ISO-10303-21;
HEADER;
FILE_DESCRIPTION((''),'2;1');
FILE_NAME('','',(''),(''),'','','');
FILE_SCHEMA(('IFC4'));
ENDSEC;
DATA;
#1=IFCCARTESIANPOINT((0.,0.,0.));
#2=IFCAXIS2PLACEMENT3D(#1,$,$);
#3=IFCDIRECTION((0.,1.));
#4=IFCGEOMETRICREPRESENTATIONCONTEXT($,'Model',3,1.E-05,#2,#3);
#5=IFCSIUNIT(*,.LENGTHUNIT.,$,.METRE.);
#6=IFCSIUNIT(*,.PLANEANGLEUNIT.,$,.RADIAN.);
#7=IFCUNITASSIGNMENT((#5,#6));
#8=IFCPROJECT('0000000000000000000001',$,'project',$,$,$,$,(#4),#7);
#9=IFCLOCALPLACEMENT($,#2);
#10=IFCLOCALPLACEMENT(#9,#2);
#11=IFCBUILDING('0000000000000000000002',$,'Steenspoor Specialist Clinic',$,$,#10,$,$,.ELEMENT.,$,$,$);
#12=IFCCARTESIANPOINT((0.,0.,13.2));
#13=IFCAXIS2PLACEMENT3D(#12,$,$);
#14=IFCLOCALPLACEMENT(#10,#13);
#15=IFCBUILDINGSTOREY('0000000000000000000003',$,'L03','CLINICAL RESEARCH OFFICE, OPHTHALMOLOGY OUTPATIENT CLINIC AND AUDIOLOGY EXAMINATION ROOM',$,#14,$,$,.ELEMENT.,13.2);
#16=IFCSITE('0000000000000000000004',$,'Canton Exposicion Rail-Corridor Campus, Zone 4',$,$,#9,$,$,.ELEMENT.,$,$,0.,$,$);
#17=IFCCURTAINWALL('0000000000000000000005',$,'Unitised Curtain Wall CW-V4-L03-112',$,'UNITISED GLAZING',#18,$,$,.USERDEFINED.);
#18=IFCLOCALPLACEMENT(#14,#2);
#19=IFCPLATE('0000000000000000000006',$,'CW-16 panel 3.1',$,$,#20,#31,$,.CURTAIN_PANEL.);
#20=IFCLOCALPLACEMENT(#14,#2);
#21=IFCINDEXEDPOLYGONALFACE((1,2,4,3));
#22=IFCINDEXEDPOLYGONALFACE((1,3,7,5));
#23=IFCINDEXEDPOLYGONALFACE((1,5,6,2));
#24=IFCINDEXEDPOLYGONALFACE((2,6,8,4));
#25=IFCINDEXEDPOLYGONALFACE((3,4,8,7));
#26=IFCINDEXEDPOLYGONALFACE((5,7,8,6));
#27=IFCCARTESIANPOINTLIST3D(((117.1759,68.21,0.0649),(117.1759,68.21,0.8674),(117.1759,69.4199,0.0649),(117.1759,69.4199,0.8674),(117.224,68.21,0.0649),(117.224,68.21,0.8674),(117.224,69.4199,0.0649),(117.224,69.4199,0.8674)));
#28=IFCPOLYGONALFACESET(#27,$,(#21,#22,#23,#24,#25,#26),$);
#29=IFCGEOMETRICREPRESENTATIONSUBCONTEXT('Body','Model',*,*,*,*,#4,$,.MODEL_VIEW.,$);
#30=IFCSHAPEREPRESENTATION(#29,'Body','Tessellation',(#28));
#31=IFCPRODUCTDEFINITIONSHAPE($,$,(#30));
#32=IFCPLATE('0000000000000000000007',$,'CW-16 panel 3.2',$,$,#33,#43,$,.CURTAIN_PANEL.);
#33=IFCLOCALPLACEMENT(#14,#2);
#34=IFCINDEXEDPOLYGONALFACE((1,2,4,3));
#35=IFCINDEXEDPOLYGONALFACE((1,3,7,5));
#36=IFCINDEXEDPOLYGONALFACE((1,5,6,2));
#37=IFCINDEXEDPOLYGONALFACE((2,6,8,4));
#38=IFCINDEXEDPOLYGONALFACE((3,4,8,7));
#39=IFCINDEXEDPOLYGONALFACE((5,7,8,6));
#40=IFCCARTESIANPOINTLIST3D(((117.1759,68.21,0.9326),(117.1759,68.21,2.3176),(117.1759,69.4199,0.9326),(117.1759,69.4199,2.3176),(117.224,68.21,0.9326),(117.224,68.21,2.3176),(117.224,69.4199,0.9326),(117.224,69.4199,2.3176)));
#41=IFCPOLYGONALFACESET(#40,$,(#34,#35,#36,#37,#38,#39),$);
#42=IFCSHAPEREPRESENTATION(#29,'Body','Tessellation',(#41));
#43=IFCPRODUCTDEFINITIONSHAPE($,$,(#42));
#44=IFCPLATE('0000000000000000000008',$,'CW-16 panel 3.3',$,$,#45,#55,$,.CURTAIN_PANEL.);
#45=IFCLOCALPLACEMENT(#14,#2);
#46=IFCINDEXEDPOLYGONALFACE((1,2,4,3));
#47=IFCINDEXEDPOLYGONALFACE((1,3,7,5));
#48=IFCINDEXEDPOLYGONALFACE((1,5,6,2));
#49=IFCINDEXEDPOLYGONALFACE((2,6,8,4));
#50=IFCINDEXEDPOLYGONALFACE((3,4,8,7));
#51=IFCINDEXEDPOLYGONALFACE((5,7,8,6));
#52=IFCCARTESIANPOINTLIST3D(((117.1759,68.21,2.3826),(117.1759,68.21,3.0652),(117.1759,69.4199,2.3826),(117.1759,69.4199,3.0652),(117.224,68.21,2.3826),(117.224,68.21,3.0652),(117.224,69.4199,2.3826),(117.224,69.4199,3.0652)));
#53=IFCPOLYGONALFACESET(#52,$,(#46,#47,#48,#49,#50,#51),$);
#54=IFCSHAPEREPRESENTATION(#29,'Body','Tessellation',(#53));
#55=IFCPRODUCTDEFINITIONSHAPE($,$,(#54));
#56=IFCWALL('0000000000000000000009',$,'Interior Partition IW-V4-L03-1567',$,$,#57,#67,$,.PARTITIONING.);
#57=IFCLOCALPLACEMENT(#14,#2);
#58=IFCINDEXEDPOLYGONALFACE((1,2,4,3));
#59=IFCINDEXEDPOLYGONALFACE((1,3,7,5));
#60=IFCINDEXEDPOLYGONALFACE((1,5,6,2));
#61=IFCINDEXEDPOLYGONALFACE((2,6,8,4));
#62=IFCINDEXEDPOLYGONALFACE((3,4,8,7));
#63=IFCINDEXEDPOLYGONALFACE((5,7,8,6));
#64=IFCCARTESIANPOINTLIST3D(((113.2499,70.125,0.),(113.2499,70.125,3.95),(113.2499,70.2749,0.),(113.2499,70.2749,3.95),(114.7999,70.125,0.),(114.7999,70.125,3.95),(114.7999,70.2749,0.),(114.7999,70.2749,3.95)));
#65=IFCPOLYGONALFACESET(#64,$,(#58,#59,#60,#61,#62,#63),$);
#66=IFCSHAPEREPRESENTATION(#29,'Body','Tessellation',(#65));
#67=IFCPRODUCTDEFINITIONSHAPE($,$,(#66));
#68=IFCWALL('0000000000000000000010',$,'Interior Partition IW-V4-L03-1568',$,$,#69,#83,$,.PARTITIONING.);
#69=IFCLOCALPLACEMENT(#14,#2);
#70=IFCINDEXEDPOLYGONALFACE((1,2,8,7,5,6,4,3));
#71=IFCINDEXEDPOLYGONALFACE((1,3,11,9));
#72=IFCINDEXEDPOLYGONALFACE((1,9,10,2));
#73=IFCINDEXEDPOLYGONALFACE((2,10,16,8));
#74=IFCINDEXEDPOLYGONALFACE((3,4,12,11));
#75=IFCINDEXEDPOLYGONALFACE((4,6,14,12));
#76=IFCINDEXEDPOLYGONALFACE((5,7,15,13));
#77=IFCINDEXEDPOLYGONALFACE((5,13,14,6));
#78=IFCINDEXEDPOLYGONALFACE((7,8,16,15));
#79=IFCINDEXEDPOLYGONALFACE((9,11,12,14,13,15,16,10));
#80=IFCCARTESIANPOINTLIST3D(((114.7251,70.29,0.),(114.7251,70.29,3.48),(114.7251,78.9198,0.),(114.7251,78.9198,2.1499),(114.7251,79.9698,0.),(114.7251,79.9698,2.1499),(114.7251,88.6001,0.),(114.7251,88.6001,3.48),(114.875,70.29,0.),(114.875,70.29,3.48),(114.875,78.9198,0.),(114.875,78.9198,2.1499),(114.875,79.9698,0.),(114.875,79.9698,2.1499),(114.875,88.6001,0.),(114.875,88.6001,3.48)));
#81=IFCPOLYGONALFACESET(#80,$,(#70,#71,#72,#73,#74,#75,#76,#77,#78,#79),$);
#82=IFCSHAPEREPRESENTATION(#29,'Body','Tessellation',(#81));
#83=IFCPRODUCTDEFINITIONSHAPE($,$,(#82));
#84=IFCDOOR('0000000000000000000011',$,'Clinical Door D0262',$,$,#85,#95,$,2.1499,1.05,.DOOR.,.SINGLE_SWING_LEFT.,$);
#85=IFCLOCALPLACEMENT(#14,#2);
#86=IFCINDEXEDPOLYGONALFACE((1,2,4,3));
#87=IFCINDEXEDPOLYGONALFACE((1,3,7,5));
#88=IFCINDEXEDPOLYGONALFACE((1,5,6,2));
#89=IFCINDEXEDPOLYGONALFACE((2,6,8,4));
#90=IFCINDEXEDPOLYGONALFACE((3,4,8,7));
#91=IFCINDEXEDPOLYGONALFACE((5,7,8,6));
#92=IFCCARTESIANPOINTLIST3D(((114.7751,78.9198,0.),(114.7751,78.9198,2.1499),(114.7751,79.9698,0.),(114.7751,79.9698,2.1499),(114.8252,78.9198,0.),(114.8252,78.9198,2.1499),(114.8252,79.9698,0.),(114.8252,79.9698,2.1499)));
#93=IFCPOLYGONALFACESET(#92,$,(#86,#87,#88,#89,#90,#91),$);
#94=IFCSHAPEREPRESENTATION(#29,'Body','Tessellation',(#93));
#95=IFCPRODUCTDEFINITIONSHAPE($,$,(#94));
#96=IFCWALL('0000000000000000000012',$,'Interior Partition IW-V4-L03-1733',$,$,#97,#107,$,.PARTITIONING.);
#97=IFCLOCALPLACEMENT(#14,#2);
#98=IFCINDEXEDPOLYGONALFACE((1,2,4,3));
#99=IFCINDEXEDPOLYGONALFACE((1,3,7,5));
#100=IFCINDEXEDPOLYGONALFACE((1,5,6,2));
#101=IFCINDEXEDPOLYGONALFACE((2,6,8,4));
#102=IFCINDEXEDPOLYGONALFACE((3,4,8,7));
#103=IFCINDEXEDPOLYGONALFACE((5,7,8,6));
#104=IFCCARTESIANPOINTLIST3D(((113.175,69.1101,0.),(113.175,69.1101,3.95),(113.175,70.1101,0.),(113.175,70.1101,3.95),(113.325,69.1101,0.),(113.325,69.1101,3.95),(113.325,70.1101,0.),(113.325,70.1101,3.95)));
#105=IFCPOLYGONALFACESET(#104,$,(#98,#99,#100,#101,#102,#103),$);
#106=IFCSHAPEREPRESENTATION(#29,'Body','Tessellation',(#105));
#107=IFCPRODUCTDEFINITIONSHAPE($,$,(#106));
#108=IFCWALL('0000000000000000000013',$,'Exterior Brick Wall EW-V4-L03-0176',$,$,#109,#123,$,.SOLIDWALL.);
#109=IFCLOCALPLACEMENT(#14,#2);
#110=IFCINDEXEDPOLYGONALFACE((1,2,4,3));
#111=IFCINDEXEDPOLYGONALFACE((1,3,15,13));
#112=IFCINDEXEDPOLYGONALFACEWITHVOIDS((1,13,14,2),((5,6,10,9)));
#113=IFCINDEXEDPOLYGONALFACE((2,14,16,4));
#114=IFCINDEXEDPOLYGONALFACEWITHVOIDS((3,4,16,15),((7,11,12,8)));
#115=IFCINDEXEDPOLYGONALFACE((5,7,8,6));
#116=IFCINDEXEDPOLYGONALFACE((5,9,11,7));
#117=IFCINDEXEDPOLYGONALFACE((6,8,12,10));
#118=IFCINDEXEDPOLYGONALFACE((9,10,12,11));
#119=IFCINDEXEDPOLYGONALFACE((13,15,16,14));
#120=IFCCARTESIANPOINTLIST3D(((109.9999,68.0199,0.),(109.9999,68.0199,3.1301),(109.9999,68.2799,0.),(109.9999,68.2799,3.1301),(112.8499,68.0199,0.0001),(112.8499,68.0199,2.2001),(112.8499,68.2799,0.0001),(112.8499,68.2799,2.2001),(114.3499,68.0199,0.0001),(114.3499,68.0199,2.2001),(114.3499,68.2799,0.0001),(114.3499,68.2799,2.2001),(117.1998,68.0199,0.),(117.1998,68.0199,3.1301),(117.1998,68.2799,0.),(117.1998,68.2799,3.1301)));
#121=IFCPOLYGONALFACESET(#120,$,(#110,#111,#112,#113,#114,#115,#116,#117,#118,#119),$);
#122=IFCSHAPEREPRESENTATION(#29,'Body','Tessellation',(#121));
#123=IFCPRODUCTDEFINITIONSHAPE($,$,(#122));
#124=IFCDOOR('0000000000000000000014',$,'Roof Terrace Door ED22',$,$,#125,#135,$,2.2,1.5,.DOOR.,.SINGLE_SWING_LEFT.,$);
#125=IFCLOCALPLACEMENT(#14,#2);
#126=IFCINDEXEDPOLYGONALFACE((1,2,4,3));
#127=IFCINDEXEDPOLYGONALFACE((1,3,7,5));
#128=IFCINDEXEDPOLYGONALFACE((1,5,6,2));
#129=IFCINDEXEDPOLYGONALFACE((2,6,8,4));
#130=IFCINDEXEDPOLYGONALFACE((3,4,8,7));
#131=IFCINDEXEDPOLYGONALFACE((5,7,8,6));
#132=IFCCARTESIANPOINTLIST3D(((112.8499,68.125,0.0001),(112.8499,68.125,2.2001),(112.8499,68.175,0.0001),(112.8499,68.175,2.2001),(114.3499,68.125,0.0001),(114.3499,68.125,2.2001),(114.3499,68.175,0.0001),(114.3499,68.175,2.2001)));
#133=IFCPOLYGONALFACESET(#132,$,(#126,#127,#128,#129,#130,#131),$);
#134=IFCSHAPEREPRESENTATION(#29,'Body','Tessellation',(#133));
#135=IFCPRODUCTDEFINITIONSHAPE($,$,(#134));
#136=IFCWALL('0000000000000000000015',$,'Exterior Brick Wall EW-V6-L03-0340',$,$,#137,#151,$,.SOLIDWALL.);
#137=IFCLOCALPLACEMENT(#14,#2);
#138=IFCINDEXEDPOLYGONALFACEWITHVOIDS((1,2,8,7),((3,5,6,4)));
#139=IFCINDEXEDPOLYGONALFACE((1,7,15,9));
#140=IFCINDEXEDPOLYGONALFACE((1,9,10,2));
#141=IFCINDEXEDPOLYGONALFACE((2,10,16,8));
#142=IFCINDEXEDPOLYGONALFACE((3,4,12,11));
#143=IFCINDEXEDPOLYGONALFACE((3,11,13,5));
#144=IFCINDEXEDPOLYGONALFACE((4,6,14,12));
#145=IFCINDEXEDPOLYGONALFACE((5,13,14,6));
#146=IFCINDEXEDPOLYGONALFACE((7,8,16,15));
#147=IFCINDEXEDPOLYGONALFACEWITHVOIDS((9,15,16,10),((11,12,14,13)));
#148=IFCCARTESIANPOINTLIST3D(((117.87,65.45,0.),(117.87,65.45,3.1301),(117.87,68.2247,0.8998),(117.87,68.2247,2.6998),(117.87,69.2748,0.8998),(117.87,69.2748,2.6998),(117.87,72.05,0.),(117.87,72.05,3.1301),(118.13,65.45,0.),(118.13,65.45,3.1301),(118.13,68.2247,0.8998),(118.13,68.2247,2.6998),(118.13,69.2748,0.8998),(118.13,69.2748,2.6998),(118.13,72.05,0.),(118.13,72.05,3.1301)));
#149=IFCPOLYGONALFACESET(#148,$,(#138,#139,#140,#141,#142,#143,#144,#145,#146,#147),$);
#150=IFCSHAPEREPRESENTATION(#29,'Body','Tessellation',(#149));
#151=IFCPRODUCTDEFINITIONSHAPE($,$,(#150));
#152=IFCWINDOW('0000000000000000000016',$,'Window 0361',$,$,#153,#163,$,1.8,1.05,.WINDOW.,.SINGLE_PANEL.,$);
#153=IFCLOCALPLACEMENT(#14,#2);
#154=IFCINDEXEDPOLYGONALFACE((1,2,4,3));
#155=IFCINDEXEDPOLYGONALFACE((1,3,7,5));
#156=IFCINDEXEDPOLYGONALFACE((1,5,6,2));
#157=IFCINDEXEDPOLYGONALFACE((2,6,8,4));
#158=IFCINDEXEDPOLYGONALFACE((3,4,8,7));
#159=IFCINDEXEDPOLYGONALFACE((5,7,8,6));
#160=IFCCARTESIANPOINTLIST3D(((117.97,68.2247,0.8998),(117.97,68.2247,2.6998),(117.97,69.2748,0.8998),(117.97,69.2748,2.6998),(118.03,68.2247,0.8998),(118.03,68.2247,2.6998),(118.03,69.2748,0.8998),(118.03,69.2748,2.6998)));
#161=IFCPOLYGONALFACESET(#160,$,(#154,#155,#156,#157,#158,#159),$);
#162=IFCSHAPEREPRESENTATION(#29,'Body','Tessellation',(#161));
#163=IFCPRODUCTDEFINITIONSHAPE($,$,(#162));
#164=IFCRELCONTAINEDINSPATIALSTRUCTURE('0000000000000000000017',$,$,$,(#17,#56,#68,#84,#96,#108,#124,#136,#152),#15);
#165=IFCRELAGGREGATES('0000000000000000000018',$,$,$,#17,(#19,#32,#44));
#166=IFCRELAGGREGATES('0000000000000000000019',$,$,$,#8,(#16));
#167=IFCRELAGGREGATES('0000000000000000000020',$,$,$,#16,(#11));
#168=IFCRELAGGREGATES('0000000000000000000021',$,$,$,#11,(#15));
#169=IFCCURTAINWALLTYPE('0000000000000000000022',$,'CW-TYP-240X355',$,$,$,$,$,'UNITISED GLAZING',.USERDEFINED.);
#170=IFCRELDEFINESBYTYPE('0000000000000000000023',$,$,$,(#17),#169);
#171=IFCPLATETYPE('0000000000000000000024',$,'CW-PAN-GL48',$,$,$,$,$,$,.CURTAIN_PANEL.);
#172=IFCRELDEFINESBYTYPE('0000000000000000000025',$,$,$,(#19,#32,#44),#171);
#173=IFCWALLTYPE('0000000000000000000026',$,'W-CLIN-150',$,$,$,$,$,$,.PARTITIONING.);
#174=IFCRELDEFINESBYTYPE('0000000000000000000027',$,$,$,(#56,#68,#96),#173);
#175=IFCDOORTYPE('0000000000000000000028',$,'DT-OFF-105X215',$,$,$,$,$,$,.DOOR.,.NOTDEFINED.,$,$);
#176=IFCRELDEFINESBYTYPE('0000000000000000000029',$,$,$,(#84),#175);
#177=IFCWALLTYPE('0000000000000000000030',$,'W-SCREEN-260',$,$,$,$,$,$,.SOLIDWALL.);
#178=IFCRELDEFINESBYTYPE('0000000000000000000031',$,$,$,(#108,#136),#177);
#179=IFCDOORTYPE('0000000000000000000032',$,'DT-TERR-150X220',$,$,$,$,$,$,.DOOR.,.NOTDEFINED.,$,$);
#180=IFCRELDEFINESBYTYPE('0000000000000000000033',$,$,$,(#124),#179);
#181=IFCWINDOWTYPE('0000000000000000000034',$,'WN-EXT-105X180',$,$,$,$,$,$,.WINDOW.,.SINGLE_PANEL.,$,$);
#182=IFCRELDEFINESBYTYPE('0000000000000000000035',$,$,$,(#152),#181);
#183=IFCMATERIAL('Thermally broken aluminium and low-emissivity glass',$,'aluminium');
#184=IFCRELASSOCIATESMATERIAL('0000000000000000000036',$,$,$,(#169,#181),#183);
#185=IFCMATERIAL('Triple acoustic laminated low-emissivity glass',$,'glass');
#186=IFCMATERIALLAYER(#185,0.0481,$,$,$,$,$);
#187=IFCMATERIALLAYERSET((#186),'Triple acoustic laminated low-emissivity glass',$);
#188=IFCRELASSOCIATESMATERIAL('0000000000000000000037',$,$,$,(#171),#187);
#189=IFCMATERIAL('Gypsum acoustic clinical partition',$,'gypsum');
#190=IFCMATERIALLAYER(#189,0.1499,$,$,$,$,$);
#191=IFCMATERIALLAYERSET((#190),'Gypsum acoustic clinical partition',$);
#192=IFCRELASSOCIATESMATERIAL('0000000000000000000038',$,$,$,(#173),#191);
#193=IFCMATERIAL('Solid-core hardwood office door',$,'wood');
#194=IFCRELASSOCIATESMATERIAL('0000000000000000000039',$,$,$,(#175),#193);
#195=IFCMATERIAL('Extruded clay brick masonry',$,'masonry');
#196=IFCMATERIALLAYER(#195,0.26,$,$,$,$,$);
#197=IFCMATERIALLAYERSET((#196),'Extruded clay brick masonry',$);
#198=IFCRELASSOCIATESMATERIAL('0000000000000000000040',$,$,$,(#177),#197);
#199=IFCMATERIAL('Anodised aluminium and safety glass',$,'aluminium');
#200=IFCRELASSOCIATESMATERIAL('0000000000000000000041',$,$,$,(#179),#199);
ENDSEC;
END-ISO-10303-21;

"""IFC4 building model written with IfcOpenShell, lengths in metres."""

from ifc_helpers import new_model, si_unit, direction, frame, frame_2d, origin, origin_2d, place, context, subcontext, project, spatial, rectangle, extrude, material, layer, layer_set, type_object, element, fill, aggregate, save


model = new_model("IFC4")

# Units and contexts
model_context = context("Model", 3, precision=1e-05, world=origin(), true_north=direction((0.0, 1.0)))
body_context = subcontext(model_context, "Body", "Model", "MODEL_VIEW")
ifc_project = project(units=[si_unit("LENGTHUNIT", "METRE"), si_unit("PLANEANGLEUNIT", "RADIAN")], contexts=[model_context])

# Site, building, storey
site_placement = place(None, origin())
site = spatial("IfcSite", under=ifc_project, at=site_placement, Name="Canton Exposicion Rail-Corridor Campus, Zone 4", CompositionType="ELEMENT", RefElevation=0.0)
building_placement = place(site_placement, origin())
building = spatial("IfcBuilding", under=site, at=building_placement, Name="Steenspoor Specialist Clinic", CompositionType="ELEMENT")
storey_placement = place(building_placement, frame((0.0, 0.0, 13.2)))
storey = spatial("IfcBuildingStorey", under=building, at=storey_placement, Name="L03", Description="CLINICAL RESEARCH OFFICE, OPHTHALMOLOGY OUTPATIENT CLINIC AND AUDIOLOGY EXAMINATION ROOM", CompositionType="ELEMENT", Elevation=13.2)

# Curtain wall
ifc_material_1 = material(Name="Thermally broken aluminium and low-emissivity glass", Category="aluminium")
curtain_wall_type = type_object("IfcCurtainWallType", Name="CW-TYP-240X355", ElementType="UNITISED GLAZING", PredefinedType="USERDEFINED", material=ifc_material_1)
curtain_wall_placement = place(storey_placement, origin())
curtain_wall = element("IfcCurtainWall", 1, at=curtain_wall_placement, inside=storey, type_object=curtain_wall_type, Name="Unitised Curtain Wall CW-V4-L03-112", ObjectType="UNITISED GLAZING", PredefinedType="USERDEFINED")

# Plates
ifc_material_2 = material(Name="Triple acoustic laminated low-emissivity glass", Category="glass")
ifc_layer_1 = layer(ifc_material_2, 0.0481)
ifc_layer_set_1 = layer_set([ifc_layer_1], Name="Triple acoustic laminated low-emissivity glass")
plate_type = type_object("IfcPlateType", Name="CW-PAN-GL48", PredefinedType="CURTAIN_PANEL", material=ifc_layer_set_1)
plate_1_placement = place(storey_placement, frame((117.2, 68.8149, 0.0649), z_axis=(0.0, 0.0, 1.0), x_axis=(0.0, -1.0, 0.0)))
plate_1 = element("IfcPlate", 2, at=plate_1_placement, type_object=plate_type, Name="CW-16 panel 3.1", PredefinedType="CURTAIN_PANEL", context=body_context, shape_type="SweptSolid", body=[
    extrude(rectangle(XDim=1.21, YDim=0.0481, at=origin_2d()), origin(), (0.0, 0.0, 1.0), 0.8025),
])
plate_2_placement = place(storey_placement, frame((117.2, 68.8149, 0.9326), z_axis=(0.0, 0.0, 1.0), x_axis=(0.0, -1.0, 0.0)))
plate_2 = element("IfcPlate", 3, at=plate_2_placement, type_object=plate_type, Name="CW-16 panel 3.2", PredefinedType="CURTAIN_PANEL", context=body_context, shape_type="SweptSolid", body=[
    extrude(rectangle(XDim=1.21, YDim=0.0481, at=origin_2d()), origin(), (0.0, 0.0, 1.0), 1.385),
])
plate_3_placement = place(storey_placement, frame((117.2, 68.8149, 2.3826), z_axis=(0.0, 0.0, 1.0), x_axis=(0.0, -1.0, 0.0)))
plate_3 = element("IfcPlate", 4, at=plate_3_placement, type_object=plate_type, Name="CW-16 panel 3.3", PredefinedType="CURTAIN_PANEL", context=body_context, shape_type="SweptSolid", body=[
    extrude(rectangle(XDim=1.21, YDim=0.0481, at=origin_2d()), origin(), (0.0, 0.0, 1.0), 0.6826),
])
aggregate(curtain_wall, [plate_1, plate_2, plate_3])

# Wall
ifc_material_3 = material(Name="Gypsum acoustic clinical partition", Category="gypsum")
ifc_layer_2 = layer(ifc_material_3, 0.1499)
ifc_layer_set_2 = layer_set([ifc_layer_2], Name="Gypsum acoustic clinical partition")
wall_type_1 = type_object("IfcWallType", Name="W-CLIN-150", PredefinedType="PARTITIONING", material=ifc_layer_set_2)
wall_1_placement = place(storey_placement, frame((113.25, 70.2, 0.0), z_axis=(0.0, 0.0, 1.0), x_axis=(1.0, 0.0, 0.0)))
element("IfcWall", 5, at=wall_1_placement, inside=storey, type_object=wall_type_1, Name="Interior Partition IW-V4-L03-1567", PredefinedType="PARTITIONING", context=body_context, shape_type="SweptSolid", body=[
    extrude(rectangle(XDim=1.55, YDim=0.1499, at=frame_2d((0.7749, 0.0))), origin(), (0.0, 0.0, 1.0), 3.95),
])

# Wall, opening, door
wall_2_placement = place(storey_placement, frame((114.8, 70.29, 0.0), z_axis=(0.0, 0.0, 1.0), x_axis=(0.0, 1.0, 0.0)))
wall_2 = element("IfcWall", 6, at=wall_2_placement, inside=storey, type_object=wall_type_1, Name="Interior Partition IW-V4-L03-1568", PredefinedType="PARTITIONING", context=body_context, shape_type="SweptSolid", body=[
    extrude(rectangle(XDim=18.3101, YDim=0.1499, at=frame_2d((9.155, 0.0))), origin(), (0.0, 0.0, 1.0), 3.48),
])
opening_1_placement = place(wall_2_placement, frame((8.6299, 0.0, 0.0)))
opening_1 = element("IfcOpeningElement", 7, at=opening_1_placement, cuts=wall_2, PredefinedType="OPENING", context=body_context, shape_type="SweptSolid", body=[
    extrude(rectangle(XDim=1.05, YDim=2.1499, at=frame_2d((0.5249, 1.075))), frame((0.0, 0.085, 0.0), z_axis=(0.0, -1.0, 0.0), x_axis=(1.0, 0.0, 0.0)), (0.0, 0.0, 1.0), 0.1699),
])
ifc_material_4 = material(Name="Solid-core hardwood office door", Category="wood")
door_type_1 = type_object("IfcDoorType", Name="DT-OFF-105X215", OperationType="NOTDEFINED", PredefinedType="DOOR", material=ifc_material_4)
door_1_placement = place(opening_1_placement, origin())
door_1 = element("IfcDoor", 8, at=door_1_placement, inside=storey, type_object=door_type_1, Name="Clinical Door D0262", OperationType="SINGLE_SWING_LEFT", OverallHeight=2.1499, OverallWidth=1.05, PredefinedType="DOOR", context=body_context, shape_type="SweptSolid", body=[
    extrude(rectangle(XDim=1.05, YDim=2.1499, at=frame_2d((0.5249, 1.075))), frame((0.0, 0.0249, 0.0), z_axis=(0.0, -1.0, 0.0), x_axis=(1.0, 0.0, 0.0)), (0.0, 0.0, 1.0), 0.05),
])
fill(opening_1, door_1)

# Wall
wall_3_placement = place(storey_placement, frame((113.25, 69.1101, 0.0), z_axis=(0.0, 0.0, 1.0), x_axis=(0.0, 1.0, 0.0)))
element("IfcWall", 9, at=wall_3_placement, inside=storey, type_object=wall_type_1, Name="Interior Partition IW-V4-L03-1733", PredefinedType="PARTITIONING", context=body_context, shape_type="SweptSolid", body=[
    extrude(rectangle(XDim=1.0, YDim=0.1499, at=frame_2d((0.5, 0.0))), origin(), (0.0, 0.0, 1.0), 3.95),
])

# Wall, opening, door
ifc_material_5 = material(Name="Extruded clay brick masonry", Category="masonry")
ifc_layer_3 = layer(ifc_material_5, 0.26)
ifc_layer_set_3 = layer_set([ifc_layer_3], Name="Extruded clay brick masonry")
wall_type_2 = type_object("IfcWallType", Name="W-SCREEN-260", PredefinedType="SOLIDWALL", material=ifc_layer_set_3)
wall_4_placement = place(storey_placement, frame((117.2, 68.1499, 0.0), z_axis=(0.0, 0.0, 1.0), x_axis=(-1.0, 0.0, 0.0)))
wall_4 = element("IfcWall", 10, at=wall_4_placement, inside=storey, type_object=wall_type_2, Name="Exterior Brick Wall EW-V4-L03-0176", PredefinedType="SOLIDWALL", context=body_context, shape_type="SweptSolid", body=[
    extrude(rectangle(XDim=7.2, YDim=0.26, at=frame_2d((3.6001, 0.0))), origin(), (0.0, 0.0, 1.0), 3.1301),
])
opening_2_placement = place(wall_4_placement, frame((2.8501, 0.0, 0.0)))
opening_2 = element("IfcOpeningElement", 11, at=opening_2_placement, cuts=wall_4, PredefinedType="OPENING", context=body_context, shape_type="SweptSolid", body=[
    extrude(rectangle(XDim=1.5, YDim=2.2, at=frame_2d((0.75, 1.1001))), frame((0.0, 0.1401, 0.0), z_axis=(0.0, -1.0, 0.0), x_axis=(1.0, 0.0, 0.0)), (0.0, 0.0, 1.0), 0.28),
])
ifc_material_6 = material(Name="Anodised aluminium and safety glass", Category="aluminium")
door_type_2 = type_object("IfcDoorType", Name="DT-TERR-150X220", OperationType="NOTDEFINED", PredefinedType="DOOR", material=ifc_material_6)
door_2_placement = place(opening_2_placement, origin())
door_2 = element("IfcDoor", 12, at=door_2_placement, inside=storey, type_object=door_type_2, Name="Roof Terrace Door ED22", OperationType="SINGLE_SWING_LEFT", OverallHeight=2.2, OverallWidth=1.5, PredefinedType="DOOR", context=body_context, shape_type="SweptSolid", body=[
    extrude(rectangle(XDim=1.5, YDim=2.2, at=frame_2d((0.75, 1.1001))), frame((0.0, 0.0249, 0.0), z_axis=(0.0, -1.0, 0.0), x_axis=(1.0, 0.0, 0.0)), (0.0, 0.0, 1.0), 0.05),
])
fill(opening_2, door_2)

# Wall, opening, window
wall_5_placement = place(storey_placement, frame((118.0, 65.45, 0.0), z_axis=(0.0, 0.0, 1.0), x_axis=(0.0, 1.0, 0.0)))
wall_5 = element("IfcWall", 13, at=wall_5_placement, inside=storey, type_object=wall_type_2, Name="Exterior Brick Wall EW-V6-L03-0340", PredefinedType="SOLIDWALL", context=body_context, shape_type="SweptSolid", body=[
    extrude(rectangle(XDim=6.6001, YDim=0.26, at=frame_2d((3.3, 0.0))), origin(), (0.0, 0.0, 1.0), 3.1301),
])
opening_3_placement = place(wall_5_placement, frame((2.7749, 0.0, 0.8999)))
opening_3 = element("IfcOpeningElement", 14, at=opening_3_placement, cuts=wall_5, PredefinedType="OPENING", context=body_context, shape_type="SweptSolid", body=[
    extrude(rectangle(XDim=1.05, YDim=1.8, at=frame_2d((0.5249, 0.8999))), frame((0.0, 0.1401, 0.0), z_axis=(0.0, -1.0, 0.0), x_axis=(1.0, 0.0, 0.0)), (0.0, 0.0, 1.0), 0.28),
])
window_type = type_object("IfcWindowType", Name="WN-EXT-105X180", PartitioningType="SINGLE_PANEL", PredefinedType="WINDOW", material=ifc_material_1)
window_placement = place(opening_3_placement, origin())
window = element("IfcWindow", 15, at=window_placement, inside=storey, type_object=window_type, Name="Window 0361", OverallHeight=1.8, OverallWidth=1.05, PartitioningType="SINGLE_PANEL", PredefinedType="WINDOW", context=body_context, shape_type="SweptSolid", body=[
    extrude(rectangle(XDim=1.05, YDim=1.8, at=frame_2d((0.5249, 0.8999))), frame((0.0, 0.03, 0.0), z_axis=(0.0, -1.0, 0.0), x_axis=(1.0, 0.0, 0.0)), (0.0, 0.0, 1.0), 0.0601),
])
fill(opening_3, window)

save(model, "model.ifc")
